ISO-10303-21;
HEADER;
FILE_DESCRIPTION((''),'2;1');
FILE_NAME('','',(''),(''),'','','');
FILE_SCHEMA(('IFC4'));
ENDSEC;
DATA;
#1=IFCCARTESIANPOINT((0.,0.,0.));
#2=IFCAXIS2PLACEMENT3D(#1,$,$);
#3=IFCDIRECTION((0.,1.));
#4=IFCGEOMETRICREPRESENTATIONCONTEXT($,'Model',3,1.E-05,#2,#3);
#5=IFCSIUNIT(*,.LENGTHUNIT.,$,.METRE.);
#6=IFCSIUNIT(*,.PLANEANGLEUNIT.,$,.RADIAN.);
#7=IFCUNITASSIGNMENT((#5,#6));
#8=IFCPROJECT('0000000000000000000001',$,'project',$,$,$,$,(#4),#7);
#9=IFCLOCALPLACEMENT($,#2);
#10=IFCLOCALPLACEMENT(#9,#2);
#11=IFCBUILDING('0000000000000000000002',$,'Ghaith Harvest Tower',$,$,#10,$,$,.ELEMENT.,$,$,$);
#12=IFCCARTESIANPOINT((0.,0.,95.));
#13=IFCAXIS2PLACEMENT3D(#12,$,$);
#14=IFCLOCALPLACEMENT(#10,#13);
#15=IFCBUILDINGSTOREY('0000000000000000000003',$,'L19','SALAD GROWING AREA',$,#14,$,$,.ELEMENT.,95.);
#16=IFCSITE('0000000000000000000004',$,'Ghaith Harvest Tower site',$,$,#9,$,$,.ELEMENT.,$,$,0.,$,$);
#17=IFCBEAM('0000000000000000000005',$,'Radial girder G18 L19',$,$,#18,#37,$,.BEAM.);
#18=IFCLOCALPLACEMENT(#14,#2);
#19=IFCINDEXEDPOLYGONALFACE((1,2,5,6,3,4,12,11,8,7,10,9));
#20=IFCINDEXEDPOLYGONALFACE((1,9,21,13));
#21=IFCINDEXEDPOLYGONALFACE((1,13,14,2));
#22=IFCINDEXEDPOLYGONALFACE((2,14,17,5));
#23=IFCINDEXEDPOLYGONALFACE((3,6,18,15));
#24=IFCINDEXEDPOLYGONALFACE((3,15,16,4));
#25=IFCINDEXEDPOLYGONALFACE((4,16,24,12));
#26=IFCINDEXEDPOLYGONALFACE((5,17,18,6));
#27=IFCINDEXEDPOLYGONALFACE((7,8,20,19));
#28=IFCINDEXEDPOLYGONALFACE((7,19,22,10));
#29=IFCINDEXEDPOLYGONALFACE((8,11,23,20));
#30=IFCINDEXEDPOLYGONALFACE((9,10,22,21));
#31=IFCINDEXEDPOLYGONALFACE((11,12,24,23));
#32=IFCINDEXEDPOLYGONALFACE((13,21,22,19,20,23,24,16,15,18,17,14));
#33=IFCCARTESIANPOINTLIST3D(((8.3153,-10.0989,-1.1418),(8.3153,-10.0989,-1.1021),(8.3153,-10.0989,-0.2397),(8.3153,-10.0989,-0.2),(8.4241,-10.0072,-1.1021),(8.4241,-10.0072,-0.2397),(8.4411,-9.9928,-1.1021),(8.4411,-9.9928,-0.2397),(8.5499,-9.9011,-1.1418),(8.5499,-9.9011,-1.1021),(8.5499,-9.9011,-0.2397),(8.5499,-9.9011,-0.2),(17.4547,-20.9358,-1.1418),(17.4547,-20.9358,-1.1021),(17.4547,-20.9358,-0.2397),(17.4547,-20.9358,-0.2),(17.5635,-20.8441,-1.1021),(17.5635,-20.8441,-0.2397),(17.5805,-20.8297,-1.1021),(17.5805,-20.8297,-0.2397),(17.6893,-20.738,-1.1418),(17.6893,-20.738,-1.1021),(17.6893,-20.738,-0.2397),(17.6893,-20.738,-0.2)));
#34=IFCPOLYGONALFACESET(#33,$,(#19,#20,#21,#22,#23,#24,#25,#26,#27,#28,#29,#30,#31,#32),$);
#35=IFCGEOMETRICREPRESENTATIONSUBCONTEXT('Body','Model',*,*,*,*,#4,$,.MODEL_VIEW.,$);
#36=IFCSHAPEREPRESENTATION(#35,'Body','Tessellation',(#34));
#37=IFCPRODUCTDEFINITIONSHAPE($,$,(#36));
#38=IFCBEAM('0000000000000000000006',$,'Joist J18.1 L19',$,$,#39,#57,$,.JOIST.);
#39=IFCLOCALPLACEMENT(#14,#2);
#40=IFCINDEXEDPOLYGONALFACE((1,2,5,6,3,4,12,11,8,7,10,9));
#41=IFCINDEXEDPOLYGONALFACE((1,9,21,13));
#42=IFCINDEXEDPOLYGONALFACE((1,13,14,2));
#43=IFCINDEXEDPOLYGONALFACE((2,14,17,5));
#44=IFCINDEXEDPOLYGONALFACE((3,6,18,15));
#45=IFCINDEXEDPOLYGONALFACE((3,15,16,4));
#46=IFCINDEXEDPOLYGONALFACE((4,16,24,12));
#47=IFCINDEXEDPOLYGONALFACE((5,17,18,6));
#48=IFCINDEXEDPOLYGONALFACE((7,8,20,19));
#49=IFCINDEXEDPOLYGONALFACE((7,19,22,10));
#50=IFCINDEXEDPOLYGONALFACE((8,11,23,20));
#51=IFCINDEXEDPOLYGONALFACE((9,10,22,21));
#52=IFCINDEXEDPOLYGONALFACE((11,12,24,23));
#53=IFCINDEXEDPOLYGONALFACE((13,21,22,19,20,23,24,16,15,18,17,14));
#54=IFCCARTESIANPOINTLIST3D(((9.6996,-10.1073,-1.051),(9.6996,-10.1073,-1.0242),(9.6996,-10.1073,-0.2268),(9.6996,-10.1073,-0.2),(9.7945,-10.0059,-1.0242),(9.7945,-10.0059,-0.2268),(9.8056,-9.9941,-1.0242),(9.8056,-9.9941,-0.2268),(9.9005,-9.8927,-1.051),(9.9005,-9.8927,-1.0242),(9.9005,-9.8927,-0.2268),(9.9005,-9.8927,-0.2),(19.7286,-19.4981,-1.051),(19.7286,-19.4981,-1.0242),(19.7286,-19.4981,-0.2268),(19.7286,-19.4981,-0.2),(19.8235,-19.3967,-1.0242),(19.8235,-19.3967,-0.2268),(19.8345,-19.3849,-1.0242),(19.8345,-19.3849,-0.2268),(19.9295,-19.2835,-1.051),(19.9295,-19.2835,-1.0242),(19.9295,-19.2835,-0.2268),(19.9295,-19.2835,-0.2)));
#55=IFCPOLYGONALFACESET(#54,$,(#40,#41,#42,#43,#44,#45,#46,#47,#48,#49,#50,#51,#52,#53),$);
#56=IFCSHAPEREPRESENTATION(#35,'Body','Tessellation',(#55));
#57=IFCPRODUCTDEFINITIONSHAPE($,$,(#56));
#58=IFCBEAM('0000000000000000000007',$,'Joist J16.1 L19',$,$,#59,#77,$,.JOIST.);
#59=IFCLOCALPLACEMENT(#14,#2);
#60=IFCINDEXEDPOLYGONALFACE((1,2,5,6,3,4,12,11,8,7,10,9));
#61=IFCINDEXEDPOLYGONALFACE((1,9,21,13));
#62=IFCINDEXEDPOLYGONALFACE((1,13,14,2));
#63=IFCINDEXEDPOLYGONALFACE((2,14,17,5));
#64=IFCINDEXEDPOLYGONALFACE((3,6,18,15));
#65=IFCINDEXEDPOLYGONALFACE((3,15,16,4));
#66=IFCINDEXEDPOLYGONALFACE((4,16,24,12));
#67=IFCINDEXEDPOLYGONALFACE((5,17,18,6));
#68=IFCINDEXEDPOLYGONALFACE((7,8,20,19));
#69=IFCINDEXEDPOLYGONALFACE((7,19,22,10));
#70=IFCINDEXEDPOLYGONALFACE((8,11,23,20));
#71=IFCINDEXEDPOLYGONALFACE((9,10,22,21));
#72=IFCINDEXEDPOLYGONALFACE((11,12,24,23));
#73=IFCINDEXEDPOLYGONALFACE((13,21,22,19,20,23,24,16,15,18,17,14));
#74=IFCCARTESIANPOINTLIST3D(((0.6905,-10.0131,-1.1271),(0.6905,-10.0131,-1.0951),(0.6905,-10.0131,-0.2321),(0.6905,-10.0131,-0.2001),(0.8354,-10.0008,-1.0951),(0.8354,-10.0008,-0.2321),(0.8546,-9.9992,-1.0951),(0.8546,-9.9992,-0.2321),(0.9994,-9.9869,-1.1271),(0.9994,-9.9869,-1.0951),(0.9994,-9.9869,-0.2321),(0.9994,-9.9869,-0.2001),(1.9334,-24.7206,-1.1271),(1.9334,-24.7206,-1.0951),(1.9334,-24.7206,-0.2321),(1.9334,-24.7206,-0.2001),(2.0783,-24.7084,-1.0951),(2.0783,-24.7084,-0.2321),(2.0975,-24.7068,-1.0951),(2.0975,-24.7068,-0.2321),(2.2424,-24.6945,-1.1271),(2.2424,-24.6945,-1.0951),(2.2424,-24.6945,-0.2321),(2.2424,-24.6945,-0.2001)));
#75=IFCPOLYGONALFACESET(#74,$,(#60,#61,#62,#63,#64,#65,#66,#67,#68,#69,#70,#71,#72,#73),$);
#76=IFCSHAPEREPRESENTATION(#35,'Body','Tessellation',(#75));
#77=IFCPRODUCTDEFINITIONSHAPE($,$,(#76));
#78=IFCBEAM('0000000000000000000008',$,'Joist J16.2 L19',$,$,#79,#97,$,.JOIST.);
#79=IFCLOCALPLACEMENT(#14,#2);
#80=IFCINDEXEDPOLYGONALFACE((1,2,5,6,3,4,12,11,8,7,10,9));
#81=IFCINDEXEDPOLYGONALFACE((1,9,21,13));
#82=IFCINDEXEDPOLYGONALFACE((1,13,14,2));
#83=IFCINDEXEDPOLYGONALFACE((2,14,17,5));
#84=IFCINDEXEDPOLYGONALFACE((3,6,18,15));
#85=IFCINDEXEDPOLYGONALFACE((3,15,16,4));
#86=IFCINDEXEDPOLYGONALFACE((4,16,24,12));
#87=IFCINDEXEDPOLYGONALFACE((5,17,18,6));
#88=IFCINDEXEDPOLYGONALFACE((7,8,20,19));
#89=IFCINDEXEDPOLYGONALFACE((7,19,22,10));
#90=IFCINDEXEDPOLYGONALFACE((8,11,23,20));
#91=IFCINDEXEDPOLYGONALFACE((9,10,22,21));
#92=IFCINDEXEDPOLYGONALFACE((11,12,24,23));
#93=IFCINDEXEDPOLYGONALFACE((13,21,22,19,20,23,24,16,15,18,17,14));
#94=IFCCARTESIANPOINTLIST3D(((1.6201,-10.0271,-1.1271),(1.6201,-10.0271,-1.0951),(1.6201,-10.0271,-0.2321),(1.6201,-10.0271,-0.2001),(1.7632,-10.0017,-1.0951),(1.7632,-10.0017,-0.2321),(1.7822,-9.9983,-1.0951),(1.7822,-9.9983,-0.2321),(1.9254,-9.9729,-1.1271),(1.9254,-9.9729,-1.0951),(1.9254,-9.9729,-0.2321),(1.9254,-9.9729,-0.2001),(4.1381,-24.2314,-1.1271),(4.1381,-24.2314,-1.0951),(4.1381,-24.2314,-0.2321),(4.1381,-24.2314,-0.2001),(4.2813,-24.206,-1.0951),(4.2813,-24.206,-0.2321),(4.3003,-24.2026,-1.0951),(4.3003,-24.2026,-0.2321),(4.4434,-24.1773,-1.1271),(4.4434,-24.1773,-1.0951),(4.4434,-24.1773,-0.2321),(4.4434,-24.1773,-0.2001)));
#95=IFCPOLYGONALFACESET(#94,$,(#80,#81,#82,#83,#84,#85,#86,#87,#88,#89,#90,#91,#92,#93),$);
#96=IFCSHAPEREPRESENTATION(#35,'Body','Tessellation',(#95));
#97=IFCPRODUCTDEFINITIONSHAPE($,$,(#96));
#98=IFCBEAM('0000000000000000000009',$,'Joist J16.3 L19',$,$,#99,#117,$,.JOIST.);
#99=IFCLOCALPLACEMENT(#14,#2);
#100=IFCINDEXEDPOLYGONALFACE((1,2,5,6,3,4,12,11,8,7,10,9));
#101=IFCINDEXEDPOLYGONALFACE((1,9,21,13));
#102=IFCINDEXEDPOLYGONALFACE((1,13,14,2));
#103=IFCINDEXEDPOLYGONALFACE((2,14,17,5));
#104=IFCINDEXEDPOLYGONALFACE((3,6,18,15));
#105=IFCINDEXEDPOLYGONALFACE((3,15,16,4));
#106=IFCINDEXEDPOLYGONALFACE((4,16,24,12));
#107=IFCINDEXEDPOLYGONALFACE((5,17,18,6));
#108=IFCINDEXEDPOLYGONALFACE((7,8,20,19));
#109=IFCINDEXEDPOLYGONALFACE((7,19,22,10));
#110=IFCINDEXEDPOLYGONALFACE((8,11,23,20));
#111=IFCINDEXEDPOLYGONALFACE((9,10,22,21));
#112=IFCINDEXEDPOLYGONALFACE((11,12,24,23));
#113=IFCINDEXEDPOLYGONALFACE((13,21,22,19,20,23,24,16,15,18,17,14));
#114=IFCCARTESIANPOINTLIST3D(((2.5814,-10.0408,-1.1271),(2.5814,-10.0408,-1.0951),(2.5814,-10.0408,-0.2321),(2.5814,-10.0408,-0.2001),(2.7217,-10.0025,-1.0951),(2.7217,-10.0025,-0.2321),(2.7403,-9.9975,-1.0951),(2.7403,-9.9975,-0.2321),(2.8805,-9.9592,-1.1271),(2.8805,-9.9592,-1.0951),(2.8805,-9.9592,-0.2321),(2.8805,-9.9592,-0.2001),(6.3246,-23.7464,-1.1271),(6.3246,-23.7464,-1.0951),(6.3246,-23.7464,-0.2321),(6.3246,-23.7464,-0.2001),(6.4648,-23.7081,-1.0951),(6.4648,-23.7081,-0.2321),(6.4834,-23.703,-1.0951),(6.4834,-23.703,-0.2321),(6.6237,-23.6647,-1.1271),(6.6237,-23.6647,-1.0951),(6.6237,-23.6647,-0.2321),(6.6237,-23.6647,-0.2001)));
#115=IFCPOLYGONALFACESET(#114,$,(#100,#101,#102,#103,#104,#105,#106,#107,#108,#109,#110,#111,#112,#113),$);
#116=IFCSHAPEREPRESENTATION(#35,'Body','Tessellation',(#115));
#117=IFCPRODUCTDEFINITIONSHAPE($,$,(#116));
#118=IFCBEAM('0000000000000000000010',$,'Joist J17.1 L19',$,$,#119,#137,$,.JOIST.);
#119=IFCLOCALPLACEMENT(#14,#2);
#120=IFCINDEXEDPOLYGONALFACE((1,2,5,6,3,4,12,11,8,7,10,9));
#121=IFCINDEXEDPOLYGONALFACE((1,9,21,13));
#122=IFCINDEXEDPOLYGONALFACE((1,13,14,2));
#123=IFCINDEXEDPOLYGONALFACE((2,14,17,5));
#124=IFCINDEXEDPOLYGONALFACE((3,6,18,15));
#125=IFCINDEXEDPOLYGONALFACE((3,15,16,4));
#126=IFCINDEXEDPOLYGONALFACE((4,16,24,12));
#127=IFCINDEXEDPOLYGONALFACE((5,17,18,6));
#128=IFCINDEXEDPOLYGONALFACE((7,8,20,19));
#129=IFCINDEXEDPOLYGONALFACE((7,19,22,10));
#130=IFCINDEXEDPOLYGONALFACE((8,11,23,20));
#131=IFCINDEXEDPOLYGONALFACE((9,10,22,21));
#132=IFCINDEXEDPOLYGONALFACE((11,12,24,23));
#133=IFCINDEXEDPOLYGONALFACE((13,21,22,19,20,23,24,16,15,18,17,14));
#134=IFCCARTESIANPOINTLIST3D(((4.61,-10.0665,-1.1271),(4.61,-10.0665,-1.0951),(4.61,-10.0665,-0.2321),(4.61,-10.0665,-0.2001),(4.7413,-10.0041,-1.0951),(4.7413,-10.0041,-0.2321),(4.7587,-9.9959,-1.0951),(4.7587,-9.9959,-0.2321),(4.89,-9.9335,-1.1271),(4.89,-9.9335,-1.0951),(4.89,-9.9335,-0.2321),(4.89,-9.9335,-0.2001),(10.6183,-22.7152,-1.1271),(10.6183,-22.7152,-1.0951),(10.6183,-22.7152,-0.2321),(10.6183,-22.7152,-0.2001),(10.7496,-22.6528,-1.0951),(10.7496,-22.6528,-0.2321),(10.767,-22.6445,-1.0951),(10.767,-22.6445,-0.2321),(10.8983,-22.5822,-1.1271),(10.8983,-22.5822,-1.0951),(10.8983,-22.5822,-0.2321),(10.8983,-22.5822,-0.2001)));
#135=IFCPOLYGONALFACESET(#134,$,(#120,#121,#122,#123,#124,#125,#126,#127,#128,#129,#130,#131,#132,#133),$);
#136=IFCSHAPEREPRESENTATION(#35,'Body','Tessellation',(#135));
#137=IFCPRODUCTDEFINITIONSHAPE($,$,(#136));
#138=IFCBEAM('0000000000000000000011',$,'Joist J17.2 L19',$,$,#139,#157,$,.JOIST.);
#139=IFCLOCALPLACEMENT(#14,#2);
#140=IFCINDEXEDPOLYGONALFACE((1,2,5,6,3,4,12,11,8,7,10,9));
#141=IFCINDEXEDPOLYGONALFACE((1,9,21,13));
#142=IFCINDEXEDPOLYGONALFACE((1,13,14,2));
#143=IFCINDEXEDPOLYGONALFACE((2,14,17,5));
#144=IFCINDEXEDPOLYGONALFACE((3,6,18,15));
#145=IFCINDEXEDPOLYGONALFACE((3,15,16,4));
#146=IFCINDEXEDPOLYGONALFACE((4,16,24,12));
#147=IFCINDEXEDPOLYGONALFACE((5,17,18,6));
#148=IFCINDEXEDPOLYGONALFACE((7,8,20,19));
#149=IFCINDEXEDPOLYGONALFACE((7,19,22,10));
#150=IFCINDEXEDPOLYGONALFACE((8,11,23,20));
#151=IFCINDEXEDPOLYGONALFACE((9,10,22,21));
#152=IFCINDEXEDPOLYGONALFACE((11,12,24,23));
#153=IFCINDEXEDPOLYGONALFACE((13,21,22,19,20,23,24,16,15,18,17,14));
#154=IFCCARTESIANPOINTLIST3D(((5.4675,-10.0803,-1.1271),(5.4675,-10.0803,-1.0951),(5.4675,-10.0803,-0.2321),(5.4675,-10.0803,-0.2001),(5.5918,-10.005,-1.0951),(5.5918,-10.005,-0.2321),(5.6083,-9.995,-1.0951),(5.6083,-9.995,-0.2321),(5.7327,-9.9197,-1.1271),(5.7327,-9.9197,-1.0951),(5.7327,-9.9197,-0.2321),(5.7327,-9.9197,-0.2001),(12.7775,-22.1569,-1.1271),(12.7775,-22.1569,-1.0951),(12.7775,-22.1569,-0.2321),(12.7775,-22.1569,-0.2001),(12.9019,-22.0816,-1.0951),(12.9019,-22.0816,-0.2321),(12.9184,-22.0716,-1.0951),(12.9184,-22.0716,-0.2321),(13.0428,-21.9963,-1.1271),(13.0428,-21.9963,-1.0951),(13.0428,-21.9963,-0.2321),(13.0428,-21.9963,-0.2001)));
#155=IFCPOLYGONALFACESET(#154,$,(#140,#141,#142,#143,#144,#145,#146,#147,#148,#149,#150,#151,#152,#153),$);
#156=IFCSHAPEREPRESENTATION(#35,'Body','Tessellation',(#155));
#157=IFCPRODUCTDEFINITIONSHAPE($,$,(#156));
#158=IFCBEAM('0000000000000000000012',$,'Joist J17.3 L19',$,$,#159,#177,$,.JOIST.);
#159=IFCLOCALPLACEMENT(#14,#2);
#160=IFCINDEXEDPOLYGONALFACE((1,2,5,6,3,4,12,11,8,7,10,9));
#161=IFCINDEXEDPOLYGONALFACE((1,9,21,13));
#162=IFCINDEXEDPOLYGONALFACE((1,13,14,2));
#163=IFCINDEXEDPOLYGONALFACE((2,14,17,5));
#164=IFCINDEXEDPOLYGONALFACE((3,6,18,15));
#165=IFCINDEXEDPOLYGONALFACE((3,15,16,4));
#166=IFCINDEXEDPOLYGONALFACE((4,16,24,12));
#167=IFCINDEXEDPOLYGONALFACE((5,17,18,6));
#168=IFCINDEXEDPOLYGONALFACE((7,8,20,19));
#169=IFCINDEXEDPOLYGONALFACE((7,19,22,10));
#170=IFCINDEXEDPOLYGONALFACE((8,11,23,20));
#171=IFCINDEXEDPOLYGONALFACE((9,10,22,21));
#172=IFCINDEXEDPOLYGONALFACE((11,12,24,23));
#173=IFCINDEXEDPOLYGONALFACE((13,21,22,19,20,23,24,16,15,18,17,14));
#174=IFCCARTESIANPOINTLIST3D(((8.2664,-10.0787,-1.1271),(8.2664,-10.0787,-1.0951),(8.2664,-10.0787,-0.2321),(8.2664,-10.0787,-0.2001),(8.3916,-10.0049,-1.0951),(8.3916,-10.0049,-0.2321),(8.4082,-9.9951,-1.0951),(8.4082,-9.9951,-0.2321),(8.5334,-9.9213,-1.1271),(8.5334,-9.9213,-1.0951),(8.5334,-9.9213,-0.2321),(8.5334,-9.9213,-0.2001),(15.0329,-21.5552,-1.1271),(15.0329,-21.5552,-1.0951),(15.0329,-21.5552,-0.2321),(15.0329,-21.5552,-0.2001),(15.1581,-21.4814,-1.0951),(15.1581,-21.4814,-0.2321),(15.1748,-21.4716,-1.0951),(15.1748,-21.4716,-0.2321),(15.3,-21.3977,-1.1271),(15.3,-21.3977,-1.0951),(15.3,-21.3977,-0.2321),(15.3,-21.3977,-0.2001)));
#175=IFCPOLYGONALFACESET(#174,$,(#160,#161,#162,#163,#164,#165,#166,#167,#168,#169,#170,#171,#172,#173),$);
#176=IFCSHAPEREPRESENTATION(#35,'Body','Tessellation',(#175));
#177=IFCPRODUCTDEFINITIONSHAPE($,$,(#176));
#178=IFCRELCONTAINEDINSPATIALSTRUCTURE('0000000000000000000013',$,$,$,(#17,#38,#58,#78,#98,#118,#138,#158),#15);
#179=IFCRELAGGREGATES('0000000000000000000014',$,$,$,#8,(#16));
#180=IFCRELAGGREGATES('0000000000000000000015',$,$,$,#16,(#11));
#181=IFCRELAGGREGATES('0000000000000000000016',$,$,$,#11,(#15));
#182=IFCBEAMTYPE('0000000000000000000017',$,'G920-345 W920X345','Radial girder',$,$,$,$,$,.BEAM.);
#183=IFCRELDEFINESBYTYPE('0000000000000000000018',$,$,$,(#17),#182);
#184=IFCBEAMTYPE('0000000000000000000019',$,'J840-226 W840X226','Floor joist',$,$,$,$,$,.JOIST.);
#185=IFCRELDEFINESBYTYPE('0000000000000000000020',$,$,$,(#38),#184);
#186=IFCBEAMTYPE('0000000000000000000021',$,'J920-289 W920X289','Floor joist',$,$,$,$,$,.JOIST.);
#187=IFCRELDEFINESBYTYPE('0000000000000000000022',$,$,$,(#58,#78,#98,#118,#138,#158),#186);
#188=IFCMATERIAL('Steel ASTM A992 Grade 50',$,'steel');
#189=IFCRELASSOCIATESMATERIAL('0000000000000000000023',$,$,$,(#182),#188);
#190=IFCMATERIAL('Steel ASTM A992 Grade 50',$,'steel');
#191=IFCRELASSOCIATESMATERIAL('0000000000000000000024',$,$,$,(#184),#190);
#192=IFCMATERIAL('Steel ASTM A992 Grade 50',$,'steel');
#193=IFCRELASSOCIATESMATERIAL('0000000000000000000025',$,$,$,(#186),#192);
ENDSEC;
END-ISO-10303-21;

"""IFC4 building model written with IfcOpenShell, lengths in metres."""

from ifc_helpers import new_model, si_unit, direction, frame, origin, origin_2d, place, context, subcontext, project, spatial, i_section, extrude, material, material_profile, profile_set, type_object, element, save


model = new_model("IFC4")

# Units and contexts
model_context = context("Model", 3, precision=1e-05, world=origin(), true_north=direction((0.0, 1.0)))
body_context = subcontext(model_context, "Body", "Model", "MODEL_VIEW")
ifc_project = project(units=[si_unit("LENGTHUNIT", "METRE"), si_unit("PLANEANGLEUNIT", "RADIAN")], contexts=[model_context])

# Site, building, storey
site_placement = place(None, origin())
site = spatial("IfcSite", under=ifc_project, at=site_placement, Name="Ghaith Harvest Tower site", CompositionType="ELEMENT", RefElevation=0.0)
building_placement = place(site_placement, origin())
building = spatial("IfcBuilding", under=site, at=building_placement, Name="Ghaith Harvest Tower", CompositionType="ELEMENT")
storey_placement = place(building_placement, frame((0.0, 0.0, 95.0)))
storey = spatial("IfcBuildingStorey", under=building, at=storey_placement, Name="L19", Description="SALAD GROWING AREA", CompositionType="ELEMENT", Elevation=95.0)

# Beams
ifc_material_1 = material(Name="Steel ASTM A992 Grade 50", Category="steel")
ifc_material_profile_1 = material_profile(ifc_material_1, i_section(OverallWidth=0.3069, OverallDepth=0.9419, WebThickness=0.0222, FlangeThickness=0.0398, at=origin_2d()), Name="W920X345")
ifc_profile_set_1 = profile_set([ifc_material_profile_1], Name="Steel ASTM A992 Grade 50")
beam_type_1 = type_object("IfcBeamType", Name="G920-345 W920X345", Description="Radial girder", PredefinedType="BEAM", material=ifc_profile_set_1)
beam_1_placement = place(storey_placement, frame((8.4326, -10.0, -0.6709), z_axis=(0.644696, -0.764439, 0.0), x_axis=(0.764439, 0.644696, 0.0)))
element("IfcBeam", 1, at=beam_1_placement, inside=storey, type_object=beam_type_1, Name="Radial girder G18 L19", PredefinedType="BEAM", context=body_context, shape_type="SweptSolid", body=[
    extrude(i_section(OverallWidth=0.3069, OverallDepth=0.9419, WebThickness=0.0222, FlangeThickness=0.0398, at=origin_2d()), origin(), (0.0, 0.0, 1.0), 14.1763),
])
ifc_material_2 = material(Name="Steel ASTM A992 Grade 50", Category="steel")
ifc_material_profile_2 = material_profile(ifc_material_2, i_section(OverallWidth=0.2939, OverallDepth=0.8511, WebThickness=0.0161, FlangeThickness=0.0269, at=origin_2d()), Name="W840X226")
ifc_profile_set_2 = profile_set([ifc_material_profile_2], Name="Steel ASTM A992 Grade 50")
beam_type_2 = type_object("IfcBeamType", Name="J840-226 W840X226", Description="Floor joist", PredefinedType="JOIST", material=ifc_profile_set_2)
beam_2_placement = place(storey_placement, frame((9.8, -10.0, -0.6255), z_axis=(0.72995, -0.683501, 0.0), x_axis=(0.683501, 0.72995, 0.0)))
element("IfcBeam", 2, at=beam_2_placement, inside=storey, type_object=beam_type_2, Name="Joist J18.1 L19", PredefinedType="JOIST", context=body_context, shape_type="SweptSolid", body=[
    extrude(i_section(OverallWidth=0.2939, OverallDepth=0.8511, WebThickness=0.0161, FlangeThickness=0.0269, at=origin_2d()), origin(), (0.0, 0.0, 1.0), 13.7393),
])
ifc_material_3 = material(Name="Steel ASTM A992 Grade 50", Category="steel")
ifc_material_profile_3 = material_profile(ifc_material_3, i_section(OverallWidth=0.3101, OverallDepth=0.927, WebThickness=0.0193, FlangeThickness=0.032, at=origin_2d()), Name="W920X289")
ifc_profile_set_3 = profile_set([ifc_material_profile_3], Name="Steel ASTM A992 Grade 50")
beam_type_3 = type_object("IfcBeamType", Name="J920-289 W920X289", Description="Floor joist", PredefinedType="JOIST", material=ifc_profile_set_3)
beam_3_placement = place(storey_placement, frame((0.845, -10.0, -0.6636), z_axis=(0.084209, -0.996448, 0.0), x_axis=(0.996448, 0.084209, 0.0)))
element("IfcBeam", 3, at=beam_3_placement, inside=storey, type_object=beam_type_3, Name="Joist J16.1 L19", PredefinedType="JOIST", context=body_context, shape_type="SweptSolid", body=[
    extrude(i_section(OverallWidth=0.3101, OverallDepth=0.927, WebThickness=0.0193, FlangeThickness=0.032, at=origin_2d()), origin(), (0.0, 0.0, 1.0), 14.76),
])
beam_4_placement = place(storey_placement, frame((1.7727, -10.0, -0.6636), z_axis=(0.174553, -0.984648, 0.0), x_axis=(0.984648, 0.174553, 0.0)))
element("IfcBeam", 4, at=beam_4_placement, inside=storey, type_object=beam_type_3, Name="Joist J16.2 L19", PredefinedType="JOIST", context=body_context, shape_type="SweptSolid", body=[
    extrude(i_section(OverallWidth=0.3101, OverallDepth=0.927, WebThickness=0.0193, FlangeThickness=0.032, at=origin_2d()), origin(), (0.0, 0.0, 1.0), 14.4258),
])
beam_5_placement = place(storey_placement, frame((2.731, -10.0, -0.6636), z_axis=(0.263463, -0.964669, 0.0), x_axis=(0.964669, 0.263463, 0.0)))
element("IfcBeam", 5, at=beam_5_placement, inside=storey, type_object=beam_type_3, Name="Joist J16.3 L19", PredefinedType="JOIST", context=body_context, shape_type="SweptSolid", body=[
    extrude(i_section(OverallWidth=0.3101, OverallDepth=0.927, WebThickness=0.0193, FlangeThickness=0.032, at=origin_2d()), origin(), (0.0, 0.0, 1.0), 14.2075),
])
beam_6_placement = place(storey_placement, frame((4.75, -10.0, -0.6636), z_axis=(0.429067, -0.903273, 0.0), x_axis=(0.903273, 0.429067, 0.0)))
element("IfcBeam", 6, at=beam_6_placement, inside=storey, type_object=beam_type_3, Name="Joist J17.1 L19", PredefinedType="JOIST", context=body_context, shape_type="SweptSolid", body=[
    extrude(i_section(OverallWidth=0.3101, OverallDepth=0.927, WebThickness=0.0193, FlangeThickness=0.032, at=origin_2d()), origin(), (0.0, 0.0, 1.0), 14.0032),
])
beam_7_placement = place(storey_placement, frame((5.6001, -10.0, -0.6636), z_axis=(0.517829, -0.855484, 0.0), x_axis=(0.855484, 0.517829, 0.0)))
element("IfcBeam", 7, at=beam_7_placement, inside=storey, type_object=beam_type_3, Name="Joist J17.2 L19", PredefinedType="JOIST", context=body_context, shape_type="SweptSolid", body=[
    extrude(i_section(OverallWidth=0.3101, OverallDepth=0.927, WebThickness=0.0193, FlangeThickness=0.032, at=origin_2d()), origin(), (0.0, 0.0, 1.0), 14.1167),
])
beam_8_placement = place(storey_placement, frame((8.3999, -10.0, -0.6636), z_axis=(0.507894, -0.861419, 0.0), x_axis=(0.861419, 0.507894, 0.0)))
element("IfcBeam", 8, at=beam_8_placement, inside=storey, type_object=beam_type_3, Name="Joist J17.3 L19", PredefinedType="JOIST", context=body_context, shape_type="SweptSolid", body=[
    extrude(i_section(OverallWidth=0.3101, OverallDepth=0.927, WebThickness=0.0193, FlangeThickness=0.032, at=origin_2d()), origin(), (0.0, 0.0, 1.0), 13.3228),
])

save(model, "model.ifc")
